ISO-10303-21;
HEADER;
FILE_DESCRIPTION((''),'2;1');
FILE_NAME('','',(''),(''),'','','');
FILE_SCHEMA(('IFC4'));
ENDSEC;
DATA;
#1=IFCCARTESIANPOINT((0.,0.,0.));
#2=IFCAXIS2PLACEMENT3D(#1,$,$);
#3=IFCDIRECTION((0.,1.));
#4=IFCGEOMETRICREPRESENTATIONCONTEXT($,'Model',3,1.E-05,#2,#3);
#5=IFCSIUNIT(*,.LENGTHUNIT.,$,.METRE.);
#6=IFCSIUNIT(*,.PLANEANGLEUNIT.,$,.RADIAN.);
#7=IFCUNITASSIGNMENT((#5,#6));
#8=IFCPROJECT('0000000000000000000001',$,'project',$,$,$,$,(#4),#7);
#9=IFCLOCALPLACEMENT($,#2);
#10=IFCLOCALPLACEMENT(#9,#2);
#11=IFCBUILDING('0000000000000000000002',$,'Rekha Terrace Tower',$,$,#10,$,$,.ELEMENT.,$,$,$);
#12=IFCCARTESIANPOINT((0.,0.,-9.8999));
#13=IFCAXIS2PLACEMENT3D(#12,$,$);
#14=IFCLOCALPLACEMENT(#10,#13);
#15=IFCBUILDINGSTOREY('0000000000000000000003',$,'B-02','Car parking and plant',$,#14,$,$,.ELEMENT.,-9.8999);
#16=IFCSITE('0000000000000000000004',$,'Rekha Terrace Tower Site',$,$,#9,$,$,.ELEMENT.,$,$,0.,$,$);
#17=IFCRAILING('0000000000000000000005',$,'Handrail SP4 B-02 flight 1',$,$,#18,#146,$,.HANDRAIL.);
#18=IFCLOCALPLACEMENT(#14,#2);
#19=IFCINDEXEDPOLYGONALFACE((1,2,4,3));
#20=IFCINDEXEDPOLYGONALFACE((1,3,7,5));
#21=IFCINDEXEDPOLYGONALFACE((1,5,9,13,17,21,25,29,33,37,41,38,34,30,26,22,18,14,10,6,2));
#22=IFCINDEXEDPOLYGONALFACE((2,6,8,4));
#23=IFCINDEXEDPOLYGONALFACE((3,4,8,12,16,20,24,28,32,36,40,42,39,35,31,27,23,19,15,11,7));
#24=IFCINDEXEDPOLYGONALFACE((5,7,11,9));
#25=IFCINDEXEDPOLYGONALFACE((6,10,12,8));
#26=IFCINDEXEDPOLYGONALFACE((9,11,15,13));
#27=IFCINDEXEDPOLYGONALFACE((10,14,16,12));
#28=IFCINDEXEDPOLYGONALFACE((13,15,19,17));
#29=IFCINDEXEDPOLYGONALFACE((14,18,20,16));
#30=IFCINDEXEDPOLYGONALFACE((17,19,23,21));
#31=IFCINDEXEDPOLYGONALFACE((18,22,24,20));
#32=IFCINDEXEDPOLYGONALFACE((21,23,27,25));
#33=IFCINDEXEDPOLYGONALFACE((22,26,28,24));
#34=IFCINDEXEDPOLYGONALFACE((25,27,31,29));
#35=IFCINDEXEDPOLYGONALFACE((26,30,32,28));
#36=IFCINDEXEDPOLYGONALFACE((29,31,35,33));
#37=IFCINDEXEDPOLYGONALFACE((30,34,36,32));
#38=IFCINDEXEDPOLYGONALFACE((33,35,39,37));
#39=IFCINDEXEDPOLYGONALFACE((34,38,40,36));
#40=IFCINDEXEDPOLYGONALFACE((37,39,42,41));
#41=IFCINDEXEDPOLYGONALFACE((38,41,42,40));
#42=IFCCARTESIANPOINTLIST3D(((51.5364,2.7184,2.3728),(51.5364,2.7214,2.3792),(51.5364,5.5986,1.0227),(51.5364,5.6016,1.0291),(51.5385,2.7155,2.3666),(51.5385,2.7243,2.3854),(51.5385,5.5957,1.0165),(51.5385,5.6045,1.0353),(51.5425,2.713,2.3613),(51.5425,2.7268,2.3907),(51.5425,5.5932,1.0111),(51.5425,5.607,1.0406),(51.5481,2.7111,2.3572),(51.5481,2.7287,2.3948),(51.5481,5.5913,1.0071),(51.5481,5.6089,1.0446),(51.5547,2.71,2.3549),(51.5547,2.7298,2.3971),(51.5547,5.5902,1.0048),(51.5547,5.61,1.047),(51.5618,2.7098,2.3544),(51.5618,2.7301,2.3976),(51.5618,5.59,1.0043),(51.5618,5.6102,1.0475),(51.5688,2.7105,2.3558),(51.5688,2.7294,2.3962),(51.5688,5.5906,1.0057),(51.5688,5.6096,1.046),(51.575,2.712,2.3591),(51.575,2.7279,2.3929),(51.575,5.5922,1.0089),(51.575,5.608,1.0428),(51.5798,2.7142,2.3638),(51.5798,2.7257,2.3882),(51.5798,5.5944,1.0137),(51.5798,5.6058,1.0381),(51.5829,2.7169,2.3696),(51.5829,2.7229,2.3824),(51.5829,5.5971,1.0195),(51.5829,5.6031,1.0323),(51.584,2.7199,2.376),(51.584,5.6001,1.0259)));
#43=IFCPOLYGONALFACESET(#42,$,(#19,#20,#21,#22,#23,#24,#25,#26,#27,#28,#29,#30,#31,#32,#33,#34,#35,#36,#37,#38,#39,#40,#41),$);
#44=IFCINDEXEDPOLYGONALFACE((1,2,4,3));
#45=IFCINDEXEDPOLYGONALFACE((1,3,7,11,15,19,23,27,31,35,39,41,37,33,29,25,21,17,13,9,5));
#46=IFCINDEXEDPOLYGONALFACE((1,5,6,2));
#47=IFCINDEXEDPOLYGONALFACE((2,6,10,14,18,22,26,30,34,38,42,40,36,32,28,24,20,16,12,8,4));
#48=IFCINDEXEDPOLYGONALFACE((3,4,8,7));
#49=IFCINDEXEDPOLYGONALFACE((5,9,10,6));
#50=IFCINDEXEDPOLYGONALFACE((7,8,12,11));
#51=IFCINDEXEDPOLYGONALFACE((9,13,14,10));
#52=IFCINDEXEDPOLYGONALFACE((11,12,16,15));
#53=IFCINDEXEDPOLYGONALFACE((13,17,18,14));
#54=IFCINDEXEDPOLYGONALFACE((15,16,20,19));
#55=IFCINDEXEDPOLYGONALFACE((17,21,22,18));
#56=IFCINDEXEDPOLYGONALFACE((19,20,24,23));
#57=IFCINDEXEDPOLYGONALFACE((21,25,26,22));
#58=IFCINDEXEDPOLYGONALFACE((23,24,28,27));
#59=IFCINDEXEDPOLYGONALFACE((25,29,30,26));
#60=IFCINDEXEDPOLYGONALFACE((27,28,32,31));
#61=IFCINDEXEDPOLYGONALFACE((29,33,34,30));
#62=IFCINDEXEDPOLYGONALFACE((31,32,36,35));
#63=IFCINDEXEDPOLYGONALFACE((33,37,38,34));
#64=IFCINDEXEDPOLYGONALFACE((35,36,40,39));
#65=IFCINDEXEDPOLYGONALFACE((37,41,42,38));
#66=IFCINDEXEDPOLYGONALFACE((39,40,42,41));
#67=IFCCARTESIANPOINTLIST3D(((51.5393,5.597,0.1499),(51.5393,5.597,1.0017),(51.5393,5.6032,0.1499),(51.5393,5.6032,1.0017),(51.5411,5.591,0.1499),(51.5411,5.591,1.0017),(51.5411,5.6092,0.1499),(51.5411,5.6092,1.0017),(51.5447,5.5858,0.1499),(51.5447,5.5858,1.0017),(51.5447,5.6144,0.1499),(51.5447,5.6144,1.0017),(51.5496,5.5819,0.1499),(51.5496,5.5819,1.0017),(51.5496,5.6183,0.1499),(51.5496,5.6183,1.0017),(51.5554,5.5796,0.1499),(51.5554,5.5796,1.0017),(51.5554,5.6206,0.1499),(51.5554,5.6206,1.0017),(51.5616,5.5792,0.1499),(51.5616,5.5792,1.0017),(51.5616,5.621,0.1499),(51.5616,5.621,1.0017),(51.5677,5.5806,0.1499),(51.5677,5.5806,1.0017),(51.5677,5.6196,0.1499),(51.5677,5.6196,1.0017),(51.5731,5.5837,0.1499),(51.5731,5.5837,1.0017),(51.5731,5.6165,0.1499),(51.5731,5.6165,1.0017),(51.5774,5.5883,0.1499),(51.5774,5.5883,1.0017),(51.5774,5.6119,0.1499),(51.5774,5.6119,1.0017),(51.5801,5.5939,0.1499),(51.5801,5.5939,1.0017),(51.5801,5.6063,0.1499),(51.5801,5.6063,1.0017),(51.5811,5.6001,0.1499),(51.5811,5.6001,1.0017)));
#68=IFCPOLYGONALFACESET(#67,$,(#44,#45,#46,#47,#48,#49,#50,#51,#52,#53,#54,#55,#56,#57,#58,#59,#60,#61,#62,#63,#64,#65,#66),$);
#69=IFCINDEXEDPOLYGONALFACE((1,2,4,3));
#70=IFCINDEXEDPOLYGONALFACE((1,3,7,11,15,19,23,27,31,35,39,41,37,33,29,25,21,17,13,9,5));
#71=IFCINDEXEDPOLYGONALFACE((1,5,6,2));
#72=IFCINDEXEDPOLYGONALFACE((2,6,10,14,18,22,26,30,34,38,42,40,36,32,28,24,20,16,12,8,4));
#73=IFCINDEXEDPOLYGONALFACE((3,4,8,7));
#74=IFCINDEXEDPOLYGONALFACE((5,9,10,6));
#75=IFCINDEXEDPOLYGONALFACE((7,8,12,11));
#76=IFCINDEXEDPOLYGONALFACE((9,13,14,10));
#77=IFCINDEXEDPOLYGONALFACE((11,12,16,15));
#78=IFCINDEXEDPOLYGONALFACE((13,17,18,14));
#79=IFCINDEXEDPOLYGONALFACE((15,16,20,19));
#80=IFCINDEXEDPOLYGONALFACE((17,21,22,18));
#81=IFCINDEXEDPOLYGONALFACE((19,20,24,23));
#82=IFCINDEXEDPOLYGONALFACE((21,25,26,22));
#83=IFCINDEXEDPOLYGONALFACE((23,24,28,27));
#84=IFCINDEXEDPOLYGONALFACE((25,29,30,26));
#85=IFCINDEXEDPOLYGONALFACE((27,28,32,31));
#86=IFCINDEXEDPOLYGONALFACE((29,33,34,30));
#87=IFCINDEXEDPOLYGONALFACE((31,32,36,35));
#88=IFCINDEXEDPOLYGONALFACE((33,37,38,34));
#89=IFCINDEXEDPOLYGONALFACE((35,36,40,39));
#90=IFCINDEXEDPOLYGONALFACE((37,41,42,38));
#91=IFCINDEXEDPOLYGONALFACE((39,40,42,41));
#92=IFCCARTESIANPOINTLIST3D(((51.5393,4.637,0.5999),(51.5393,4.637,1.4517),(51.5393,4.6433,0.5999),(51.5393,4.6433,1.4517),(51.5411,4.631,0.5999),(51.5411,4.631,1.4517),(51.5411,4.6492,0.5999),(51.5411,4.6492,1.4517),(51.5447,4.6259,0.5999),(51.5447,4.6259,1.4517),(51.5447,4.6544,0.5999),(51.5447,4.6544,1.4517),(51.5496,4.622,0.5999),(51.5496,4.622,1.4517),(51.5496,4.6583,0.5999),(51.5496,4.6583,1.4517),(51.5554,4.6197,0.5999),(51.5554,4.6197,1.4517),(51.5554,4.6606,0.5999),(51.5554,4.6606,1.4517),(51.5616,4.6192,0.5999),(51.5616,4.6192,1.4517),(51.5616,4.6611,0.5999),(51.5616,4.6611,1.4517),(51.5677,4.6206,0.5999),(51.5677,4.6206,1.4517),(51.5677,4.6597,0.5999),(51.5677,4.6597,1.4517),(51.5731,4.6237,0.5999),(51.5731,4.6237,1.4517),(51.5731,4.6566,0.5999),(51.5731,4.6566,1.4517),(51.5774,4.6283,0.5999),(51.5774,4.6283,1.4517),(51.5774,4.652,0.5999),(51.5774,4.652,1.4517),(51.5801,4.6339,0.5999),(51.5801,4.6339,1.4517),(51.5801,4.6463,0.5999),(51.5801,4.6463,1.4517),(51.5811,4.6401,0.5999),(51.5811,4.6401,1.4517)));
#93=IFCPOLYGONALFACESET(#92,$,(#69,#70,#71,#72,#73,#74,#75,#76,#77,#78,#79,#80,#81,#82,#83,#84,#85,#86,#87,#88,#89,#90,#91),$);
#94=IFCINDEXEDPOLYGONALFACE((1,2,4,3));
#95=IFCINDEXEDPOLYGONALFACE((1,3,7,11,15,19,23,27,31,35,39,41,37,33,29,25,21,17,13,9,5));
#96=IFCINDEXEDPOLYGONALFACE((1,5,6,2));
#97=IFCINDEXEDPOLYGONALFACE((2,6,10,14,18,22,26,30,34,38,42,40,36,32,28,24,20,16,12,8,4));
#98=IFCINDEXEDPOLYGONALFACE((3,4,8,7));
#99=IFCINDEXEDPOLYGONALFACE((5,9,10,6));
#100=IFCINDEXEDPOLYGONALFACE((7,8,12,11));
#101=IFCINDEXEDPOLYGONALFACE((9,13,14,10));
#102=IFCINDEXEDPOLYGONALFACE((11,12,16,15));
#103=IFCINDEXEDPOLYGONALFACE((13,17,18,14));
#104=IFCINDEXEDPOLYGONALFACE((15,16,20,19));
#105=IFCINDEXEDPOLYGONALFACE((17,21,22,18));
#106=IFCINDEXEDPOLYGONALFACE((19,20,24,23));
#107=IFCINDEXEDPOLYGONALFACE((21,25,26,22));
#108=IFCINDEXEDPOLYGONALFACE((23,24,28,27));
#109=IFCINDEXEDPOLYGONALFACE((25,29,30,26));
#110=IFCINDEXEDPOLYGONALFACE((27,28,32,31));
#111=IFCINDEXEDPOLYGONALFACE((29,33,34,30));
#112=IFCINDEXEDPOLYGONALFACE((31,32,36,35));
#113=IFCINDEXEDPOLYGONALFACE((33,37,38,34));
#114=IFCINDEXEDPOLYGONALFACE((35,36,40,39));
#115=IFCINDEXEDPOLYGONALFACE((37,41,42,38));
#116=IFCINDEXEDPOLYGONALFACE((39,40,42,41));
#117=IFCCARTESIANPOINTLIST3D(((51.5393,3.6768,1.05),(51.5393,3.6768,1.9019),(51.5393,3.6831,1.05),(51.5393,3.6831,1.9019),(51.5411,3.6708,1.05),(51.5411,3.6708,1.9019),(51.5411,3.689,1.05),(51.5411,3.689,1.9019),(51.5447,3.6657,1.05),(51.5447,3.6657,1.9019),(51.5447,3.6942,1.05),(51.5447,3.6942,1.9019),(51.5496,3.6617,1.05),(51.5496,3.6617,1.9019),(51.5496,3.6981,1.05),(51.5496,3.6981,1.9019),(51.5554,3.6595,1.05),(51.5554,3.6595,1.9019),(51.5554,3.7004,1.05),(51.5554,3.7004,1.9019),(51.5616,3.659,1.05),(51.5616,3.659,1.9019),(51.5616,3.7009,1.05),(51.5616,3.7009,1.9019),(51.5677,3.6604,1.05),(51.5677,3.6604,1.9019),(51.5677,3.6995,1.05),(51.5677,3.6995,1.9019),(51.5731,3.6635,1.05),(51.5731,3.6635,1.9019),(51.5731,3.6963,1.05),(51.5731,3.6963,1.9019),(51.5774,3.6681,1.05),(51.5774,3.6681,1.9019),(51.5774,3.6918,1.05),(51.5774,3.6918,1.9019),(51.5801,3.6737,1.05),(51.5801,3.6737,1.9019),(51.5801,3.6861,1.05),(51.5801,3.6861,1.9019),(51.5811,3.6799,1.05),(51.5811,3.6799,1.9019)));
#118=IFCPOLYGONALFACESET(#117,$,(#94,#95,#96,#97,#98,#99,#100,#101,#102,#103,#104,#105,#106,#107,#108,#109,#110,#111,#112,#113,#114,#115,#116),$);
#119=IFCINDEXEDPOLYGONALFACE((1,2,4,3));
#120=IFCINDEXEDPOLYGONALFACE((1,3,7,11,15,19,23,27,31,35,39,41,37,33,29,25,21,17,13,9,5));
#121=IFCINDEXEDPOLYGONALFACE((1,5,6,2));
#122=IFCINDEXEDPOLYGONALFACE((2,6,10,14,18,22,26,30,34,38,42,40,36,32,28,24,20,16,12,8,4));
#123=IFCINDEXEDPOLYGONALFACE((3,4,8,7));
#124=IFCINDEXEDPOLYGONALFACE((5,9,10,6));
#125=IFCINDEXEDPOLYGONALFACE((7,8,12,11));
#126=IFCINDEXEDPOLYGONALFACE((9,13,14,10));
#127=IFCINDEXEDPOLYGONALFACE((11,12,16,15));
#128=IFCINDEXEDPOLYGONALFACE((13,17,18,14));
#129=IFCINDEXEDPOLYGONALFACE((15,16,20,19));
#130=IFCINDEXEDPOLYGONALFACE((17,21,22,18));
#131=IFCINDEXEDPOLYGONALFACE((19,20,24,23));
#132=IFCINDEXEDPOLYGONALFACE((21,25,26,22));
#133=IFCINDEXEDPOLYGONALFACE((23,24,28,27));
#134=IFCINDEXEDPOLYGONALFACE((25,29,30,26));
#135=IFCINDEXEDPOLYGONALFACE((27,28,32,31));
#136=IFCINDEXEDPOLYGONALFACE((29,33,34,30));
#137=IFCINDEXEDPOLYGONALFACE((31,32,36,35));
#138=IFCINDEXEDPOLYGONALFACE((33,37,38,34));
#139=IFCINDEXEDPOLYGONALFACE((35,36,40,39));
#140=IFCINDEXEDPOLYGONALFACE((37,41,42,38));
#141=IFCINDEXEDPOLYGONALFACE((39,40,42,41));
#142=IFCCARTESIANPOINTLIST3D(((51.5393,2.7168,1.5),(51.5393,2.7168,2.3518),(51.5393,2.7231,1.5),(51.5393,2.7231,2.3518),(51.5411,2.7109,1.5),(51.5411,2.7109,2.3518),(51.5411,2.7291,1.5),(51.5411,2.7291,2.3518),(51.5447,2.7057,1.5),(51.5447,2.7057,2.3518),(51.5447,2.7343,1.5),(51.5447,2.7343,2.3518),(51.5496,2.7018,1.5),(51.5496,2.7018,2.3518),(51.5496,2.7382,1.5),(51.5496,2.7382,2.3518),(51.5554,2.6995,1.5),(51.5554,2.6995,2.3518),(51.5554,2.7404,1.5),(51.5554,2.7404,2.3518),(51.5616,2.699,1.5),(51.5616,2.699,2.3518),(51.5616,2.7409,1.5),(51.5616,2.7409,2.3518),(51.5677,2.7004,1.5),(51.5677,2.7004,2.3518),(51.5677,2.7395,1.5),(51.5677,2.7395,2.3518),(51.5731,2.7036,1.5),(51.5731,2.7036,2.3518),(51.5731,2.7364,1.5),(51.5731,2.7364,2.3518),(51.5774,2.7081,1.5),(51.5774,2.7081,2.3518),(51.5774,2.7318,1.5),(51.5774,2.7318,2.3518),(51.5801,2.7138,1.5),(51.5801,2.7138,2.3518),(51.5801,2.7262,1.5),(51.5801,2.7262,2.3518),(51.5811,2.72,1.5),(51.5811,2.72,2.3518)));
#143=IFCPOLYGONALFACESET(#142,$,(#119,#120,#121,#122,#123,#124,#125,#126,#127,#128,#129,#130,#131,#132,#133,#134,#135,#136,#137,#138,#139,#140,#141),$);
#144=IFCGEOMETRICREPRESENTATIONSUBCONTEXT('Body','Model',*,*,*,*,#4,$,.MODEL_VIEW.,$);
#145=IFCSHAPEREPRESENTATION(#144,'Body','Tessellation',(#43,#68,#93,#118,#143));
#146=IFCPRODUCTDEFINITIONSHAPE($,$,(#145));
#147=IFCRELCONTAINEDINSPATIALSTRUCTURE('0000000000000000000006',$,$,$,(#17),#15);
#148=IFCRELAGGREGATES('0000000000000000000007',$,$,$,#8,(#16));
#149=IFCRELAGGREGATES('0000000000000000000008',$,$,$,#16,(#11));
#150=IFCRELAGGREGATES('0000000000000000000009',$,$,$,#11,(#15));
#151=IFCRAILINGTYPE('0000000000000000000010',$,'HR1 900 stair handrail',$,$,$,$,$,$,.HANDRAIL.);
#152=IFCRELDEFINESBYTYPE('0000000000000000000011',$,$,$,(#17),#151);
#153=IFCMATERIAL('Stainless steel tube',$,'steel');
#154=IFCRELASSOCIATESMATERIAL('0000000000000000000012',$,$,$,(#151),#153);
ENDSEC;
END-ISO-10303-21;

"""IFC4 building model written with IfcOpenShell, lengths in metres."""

from ifc_helpers import new_model, si_unit, direction, frame, origin, origin_2d, place, context, subcontext, project, spatial, circle, extrude, material, type_object, element, save


model = new_model("IFC4")

# Units and contexts
model_context = context("Model", 3, precision=1e-05, world=origin(), true_north=direction((0.0, 1.0)))
body_context = subcontext(model_context, "Body", "Model", "MODEL_VIEW")
ifc_project = project(units=[si_unit("LENGTHUNIT", "METRE"), si_unit("PLANEANGLEUNIT", "RADIAN")], contexts=[model_context])

# Site, building, storey
site_placement = place(None, origin())
site = spatial("IfcSite", under=ifc_project, at=site_placement, Name="Rekha Terrace Tower Site", CompositionType="ELEMENT", RefElevation=0.0)
building_placement = place(site_placement, origin())
building = spatial("IfcBuilding", under=site, at=building_placement, Name="Rekha Terrace Tower", CompositionType="ELEMENT")
storey_placement = place(building_placement, frame((0.0, 0.0, -9.8999)))
storey = spatial("IfcBuildingStorey", under=building, at=storey_placement, Name="B-02", Description="Car parking and plant", CompositionType="ELEMENT", Elevation=-9.8999)

# Railing
ifc_material_1 = material(Name="Stainless steel tube", Category="steel")
railing_type_1 = type_object("IfcRailingType", Name="HR1 900 stair handrail", PredefinedType="HANDRAIL", material=ifc_material_1)
railing_1_placement = place(storey_placement, frame((51.5601, 5.6001, 0.1499)))
element("IfcRailing", 1, at=railing_1_placement, inside=storey, type_object=railing_type_1, Name="Handrail SP4 B-02 flight 1", PredefinedType="HANDRAIL", context=body_context, shape_type="SweptSolid", body=[
    extrude(circle(Radius=0.0239, at=origin_2d()), frame((0.0, 0.0, 0.876), z_axis=(0.0, -0.905454, 0.424444), x_axis=(1.0, 0.0, 0.0)), (0.0, 0.0, 1.0), 3.1809),
    extrude(circle(Radius=0.021, at=origin_2d()), origin(), (0.0, 0.0, 1.0), 0.8518),
    extrude(circle(Radius=0.021, at=origin_2d()), frame((0.0, -0.96, 0.45)), (0.0, 0.0, 1.0), 0.8518),
    extrude(circle(Radius=0.021, at=origin_2d()), frame((0.0, -1.9202, 0.9001)), (0.0, 0.0, 1.0), 0.8518),
    extrude(circle(Radius=0.021, at=origin_2d()), frame((0.0, -2.8801, 1.3501)), (0.0, 0.0, 1.0), 0.8518),
])

save(model, "model.ifc")
